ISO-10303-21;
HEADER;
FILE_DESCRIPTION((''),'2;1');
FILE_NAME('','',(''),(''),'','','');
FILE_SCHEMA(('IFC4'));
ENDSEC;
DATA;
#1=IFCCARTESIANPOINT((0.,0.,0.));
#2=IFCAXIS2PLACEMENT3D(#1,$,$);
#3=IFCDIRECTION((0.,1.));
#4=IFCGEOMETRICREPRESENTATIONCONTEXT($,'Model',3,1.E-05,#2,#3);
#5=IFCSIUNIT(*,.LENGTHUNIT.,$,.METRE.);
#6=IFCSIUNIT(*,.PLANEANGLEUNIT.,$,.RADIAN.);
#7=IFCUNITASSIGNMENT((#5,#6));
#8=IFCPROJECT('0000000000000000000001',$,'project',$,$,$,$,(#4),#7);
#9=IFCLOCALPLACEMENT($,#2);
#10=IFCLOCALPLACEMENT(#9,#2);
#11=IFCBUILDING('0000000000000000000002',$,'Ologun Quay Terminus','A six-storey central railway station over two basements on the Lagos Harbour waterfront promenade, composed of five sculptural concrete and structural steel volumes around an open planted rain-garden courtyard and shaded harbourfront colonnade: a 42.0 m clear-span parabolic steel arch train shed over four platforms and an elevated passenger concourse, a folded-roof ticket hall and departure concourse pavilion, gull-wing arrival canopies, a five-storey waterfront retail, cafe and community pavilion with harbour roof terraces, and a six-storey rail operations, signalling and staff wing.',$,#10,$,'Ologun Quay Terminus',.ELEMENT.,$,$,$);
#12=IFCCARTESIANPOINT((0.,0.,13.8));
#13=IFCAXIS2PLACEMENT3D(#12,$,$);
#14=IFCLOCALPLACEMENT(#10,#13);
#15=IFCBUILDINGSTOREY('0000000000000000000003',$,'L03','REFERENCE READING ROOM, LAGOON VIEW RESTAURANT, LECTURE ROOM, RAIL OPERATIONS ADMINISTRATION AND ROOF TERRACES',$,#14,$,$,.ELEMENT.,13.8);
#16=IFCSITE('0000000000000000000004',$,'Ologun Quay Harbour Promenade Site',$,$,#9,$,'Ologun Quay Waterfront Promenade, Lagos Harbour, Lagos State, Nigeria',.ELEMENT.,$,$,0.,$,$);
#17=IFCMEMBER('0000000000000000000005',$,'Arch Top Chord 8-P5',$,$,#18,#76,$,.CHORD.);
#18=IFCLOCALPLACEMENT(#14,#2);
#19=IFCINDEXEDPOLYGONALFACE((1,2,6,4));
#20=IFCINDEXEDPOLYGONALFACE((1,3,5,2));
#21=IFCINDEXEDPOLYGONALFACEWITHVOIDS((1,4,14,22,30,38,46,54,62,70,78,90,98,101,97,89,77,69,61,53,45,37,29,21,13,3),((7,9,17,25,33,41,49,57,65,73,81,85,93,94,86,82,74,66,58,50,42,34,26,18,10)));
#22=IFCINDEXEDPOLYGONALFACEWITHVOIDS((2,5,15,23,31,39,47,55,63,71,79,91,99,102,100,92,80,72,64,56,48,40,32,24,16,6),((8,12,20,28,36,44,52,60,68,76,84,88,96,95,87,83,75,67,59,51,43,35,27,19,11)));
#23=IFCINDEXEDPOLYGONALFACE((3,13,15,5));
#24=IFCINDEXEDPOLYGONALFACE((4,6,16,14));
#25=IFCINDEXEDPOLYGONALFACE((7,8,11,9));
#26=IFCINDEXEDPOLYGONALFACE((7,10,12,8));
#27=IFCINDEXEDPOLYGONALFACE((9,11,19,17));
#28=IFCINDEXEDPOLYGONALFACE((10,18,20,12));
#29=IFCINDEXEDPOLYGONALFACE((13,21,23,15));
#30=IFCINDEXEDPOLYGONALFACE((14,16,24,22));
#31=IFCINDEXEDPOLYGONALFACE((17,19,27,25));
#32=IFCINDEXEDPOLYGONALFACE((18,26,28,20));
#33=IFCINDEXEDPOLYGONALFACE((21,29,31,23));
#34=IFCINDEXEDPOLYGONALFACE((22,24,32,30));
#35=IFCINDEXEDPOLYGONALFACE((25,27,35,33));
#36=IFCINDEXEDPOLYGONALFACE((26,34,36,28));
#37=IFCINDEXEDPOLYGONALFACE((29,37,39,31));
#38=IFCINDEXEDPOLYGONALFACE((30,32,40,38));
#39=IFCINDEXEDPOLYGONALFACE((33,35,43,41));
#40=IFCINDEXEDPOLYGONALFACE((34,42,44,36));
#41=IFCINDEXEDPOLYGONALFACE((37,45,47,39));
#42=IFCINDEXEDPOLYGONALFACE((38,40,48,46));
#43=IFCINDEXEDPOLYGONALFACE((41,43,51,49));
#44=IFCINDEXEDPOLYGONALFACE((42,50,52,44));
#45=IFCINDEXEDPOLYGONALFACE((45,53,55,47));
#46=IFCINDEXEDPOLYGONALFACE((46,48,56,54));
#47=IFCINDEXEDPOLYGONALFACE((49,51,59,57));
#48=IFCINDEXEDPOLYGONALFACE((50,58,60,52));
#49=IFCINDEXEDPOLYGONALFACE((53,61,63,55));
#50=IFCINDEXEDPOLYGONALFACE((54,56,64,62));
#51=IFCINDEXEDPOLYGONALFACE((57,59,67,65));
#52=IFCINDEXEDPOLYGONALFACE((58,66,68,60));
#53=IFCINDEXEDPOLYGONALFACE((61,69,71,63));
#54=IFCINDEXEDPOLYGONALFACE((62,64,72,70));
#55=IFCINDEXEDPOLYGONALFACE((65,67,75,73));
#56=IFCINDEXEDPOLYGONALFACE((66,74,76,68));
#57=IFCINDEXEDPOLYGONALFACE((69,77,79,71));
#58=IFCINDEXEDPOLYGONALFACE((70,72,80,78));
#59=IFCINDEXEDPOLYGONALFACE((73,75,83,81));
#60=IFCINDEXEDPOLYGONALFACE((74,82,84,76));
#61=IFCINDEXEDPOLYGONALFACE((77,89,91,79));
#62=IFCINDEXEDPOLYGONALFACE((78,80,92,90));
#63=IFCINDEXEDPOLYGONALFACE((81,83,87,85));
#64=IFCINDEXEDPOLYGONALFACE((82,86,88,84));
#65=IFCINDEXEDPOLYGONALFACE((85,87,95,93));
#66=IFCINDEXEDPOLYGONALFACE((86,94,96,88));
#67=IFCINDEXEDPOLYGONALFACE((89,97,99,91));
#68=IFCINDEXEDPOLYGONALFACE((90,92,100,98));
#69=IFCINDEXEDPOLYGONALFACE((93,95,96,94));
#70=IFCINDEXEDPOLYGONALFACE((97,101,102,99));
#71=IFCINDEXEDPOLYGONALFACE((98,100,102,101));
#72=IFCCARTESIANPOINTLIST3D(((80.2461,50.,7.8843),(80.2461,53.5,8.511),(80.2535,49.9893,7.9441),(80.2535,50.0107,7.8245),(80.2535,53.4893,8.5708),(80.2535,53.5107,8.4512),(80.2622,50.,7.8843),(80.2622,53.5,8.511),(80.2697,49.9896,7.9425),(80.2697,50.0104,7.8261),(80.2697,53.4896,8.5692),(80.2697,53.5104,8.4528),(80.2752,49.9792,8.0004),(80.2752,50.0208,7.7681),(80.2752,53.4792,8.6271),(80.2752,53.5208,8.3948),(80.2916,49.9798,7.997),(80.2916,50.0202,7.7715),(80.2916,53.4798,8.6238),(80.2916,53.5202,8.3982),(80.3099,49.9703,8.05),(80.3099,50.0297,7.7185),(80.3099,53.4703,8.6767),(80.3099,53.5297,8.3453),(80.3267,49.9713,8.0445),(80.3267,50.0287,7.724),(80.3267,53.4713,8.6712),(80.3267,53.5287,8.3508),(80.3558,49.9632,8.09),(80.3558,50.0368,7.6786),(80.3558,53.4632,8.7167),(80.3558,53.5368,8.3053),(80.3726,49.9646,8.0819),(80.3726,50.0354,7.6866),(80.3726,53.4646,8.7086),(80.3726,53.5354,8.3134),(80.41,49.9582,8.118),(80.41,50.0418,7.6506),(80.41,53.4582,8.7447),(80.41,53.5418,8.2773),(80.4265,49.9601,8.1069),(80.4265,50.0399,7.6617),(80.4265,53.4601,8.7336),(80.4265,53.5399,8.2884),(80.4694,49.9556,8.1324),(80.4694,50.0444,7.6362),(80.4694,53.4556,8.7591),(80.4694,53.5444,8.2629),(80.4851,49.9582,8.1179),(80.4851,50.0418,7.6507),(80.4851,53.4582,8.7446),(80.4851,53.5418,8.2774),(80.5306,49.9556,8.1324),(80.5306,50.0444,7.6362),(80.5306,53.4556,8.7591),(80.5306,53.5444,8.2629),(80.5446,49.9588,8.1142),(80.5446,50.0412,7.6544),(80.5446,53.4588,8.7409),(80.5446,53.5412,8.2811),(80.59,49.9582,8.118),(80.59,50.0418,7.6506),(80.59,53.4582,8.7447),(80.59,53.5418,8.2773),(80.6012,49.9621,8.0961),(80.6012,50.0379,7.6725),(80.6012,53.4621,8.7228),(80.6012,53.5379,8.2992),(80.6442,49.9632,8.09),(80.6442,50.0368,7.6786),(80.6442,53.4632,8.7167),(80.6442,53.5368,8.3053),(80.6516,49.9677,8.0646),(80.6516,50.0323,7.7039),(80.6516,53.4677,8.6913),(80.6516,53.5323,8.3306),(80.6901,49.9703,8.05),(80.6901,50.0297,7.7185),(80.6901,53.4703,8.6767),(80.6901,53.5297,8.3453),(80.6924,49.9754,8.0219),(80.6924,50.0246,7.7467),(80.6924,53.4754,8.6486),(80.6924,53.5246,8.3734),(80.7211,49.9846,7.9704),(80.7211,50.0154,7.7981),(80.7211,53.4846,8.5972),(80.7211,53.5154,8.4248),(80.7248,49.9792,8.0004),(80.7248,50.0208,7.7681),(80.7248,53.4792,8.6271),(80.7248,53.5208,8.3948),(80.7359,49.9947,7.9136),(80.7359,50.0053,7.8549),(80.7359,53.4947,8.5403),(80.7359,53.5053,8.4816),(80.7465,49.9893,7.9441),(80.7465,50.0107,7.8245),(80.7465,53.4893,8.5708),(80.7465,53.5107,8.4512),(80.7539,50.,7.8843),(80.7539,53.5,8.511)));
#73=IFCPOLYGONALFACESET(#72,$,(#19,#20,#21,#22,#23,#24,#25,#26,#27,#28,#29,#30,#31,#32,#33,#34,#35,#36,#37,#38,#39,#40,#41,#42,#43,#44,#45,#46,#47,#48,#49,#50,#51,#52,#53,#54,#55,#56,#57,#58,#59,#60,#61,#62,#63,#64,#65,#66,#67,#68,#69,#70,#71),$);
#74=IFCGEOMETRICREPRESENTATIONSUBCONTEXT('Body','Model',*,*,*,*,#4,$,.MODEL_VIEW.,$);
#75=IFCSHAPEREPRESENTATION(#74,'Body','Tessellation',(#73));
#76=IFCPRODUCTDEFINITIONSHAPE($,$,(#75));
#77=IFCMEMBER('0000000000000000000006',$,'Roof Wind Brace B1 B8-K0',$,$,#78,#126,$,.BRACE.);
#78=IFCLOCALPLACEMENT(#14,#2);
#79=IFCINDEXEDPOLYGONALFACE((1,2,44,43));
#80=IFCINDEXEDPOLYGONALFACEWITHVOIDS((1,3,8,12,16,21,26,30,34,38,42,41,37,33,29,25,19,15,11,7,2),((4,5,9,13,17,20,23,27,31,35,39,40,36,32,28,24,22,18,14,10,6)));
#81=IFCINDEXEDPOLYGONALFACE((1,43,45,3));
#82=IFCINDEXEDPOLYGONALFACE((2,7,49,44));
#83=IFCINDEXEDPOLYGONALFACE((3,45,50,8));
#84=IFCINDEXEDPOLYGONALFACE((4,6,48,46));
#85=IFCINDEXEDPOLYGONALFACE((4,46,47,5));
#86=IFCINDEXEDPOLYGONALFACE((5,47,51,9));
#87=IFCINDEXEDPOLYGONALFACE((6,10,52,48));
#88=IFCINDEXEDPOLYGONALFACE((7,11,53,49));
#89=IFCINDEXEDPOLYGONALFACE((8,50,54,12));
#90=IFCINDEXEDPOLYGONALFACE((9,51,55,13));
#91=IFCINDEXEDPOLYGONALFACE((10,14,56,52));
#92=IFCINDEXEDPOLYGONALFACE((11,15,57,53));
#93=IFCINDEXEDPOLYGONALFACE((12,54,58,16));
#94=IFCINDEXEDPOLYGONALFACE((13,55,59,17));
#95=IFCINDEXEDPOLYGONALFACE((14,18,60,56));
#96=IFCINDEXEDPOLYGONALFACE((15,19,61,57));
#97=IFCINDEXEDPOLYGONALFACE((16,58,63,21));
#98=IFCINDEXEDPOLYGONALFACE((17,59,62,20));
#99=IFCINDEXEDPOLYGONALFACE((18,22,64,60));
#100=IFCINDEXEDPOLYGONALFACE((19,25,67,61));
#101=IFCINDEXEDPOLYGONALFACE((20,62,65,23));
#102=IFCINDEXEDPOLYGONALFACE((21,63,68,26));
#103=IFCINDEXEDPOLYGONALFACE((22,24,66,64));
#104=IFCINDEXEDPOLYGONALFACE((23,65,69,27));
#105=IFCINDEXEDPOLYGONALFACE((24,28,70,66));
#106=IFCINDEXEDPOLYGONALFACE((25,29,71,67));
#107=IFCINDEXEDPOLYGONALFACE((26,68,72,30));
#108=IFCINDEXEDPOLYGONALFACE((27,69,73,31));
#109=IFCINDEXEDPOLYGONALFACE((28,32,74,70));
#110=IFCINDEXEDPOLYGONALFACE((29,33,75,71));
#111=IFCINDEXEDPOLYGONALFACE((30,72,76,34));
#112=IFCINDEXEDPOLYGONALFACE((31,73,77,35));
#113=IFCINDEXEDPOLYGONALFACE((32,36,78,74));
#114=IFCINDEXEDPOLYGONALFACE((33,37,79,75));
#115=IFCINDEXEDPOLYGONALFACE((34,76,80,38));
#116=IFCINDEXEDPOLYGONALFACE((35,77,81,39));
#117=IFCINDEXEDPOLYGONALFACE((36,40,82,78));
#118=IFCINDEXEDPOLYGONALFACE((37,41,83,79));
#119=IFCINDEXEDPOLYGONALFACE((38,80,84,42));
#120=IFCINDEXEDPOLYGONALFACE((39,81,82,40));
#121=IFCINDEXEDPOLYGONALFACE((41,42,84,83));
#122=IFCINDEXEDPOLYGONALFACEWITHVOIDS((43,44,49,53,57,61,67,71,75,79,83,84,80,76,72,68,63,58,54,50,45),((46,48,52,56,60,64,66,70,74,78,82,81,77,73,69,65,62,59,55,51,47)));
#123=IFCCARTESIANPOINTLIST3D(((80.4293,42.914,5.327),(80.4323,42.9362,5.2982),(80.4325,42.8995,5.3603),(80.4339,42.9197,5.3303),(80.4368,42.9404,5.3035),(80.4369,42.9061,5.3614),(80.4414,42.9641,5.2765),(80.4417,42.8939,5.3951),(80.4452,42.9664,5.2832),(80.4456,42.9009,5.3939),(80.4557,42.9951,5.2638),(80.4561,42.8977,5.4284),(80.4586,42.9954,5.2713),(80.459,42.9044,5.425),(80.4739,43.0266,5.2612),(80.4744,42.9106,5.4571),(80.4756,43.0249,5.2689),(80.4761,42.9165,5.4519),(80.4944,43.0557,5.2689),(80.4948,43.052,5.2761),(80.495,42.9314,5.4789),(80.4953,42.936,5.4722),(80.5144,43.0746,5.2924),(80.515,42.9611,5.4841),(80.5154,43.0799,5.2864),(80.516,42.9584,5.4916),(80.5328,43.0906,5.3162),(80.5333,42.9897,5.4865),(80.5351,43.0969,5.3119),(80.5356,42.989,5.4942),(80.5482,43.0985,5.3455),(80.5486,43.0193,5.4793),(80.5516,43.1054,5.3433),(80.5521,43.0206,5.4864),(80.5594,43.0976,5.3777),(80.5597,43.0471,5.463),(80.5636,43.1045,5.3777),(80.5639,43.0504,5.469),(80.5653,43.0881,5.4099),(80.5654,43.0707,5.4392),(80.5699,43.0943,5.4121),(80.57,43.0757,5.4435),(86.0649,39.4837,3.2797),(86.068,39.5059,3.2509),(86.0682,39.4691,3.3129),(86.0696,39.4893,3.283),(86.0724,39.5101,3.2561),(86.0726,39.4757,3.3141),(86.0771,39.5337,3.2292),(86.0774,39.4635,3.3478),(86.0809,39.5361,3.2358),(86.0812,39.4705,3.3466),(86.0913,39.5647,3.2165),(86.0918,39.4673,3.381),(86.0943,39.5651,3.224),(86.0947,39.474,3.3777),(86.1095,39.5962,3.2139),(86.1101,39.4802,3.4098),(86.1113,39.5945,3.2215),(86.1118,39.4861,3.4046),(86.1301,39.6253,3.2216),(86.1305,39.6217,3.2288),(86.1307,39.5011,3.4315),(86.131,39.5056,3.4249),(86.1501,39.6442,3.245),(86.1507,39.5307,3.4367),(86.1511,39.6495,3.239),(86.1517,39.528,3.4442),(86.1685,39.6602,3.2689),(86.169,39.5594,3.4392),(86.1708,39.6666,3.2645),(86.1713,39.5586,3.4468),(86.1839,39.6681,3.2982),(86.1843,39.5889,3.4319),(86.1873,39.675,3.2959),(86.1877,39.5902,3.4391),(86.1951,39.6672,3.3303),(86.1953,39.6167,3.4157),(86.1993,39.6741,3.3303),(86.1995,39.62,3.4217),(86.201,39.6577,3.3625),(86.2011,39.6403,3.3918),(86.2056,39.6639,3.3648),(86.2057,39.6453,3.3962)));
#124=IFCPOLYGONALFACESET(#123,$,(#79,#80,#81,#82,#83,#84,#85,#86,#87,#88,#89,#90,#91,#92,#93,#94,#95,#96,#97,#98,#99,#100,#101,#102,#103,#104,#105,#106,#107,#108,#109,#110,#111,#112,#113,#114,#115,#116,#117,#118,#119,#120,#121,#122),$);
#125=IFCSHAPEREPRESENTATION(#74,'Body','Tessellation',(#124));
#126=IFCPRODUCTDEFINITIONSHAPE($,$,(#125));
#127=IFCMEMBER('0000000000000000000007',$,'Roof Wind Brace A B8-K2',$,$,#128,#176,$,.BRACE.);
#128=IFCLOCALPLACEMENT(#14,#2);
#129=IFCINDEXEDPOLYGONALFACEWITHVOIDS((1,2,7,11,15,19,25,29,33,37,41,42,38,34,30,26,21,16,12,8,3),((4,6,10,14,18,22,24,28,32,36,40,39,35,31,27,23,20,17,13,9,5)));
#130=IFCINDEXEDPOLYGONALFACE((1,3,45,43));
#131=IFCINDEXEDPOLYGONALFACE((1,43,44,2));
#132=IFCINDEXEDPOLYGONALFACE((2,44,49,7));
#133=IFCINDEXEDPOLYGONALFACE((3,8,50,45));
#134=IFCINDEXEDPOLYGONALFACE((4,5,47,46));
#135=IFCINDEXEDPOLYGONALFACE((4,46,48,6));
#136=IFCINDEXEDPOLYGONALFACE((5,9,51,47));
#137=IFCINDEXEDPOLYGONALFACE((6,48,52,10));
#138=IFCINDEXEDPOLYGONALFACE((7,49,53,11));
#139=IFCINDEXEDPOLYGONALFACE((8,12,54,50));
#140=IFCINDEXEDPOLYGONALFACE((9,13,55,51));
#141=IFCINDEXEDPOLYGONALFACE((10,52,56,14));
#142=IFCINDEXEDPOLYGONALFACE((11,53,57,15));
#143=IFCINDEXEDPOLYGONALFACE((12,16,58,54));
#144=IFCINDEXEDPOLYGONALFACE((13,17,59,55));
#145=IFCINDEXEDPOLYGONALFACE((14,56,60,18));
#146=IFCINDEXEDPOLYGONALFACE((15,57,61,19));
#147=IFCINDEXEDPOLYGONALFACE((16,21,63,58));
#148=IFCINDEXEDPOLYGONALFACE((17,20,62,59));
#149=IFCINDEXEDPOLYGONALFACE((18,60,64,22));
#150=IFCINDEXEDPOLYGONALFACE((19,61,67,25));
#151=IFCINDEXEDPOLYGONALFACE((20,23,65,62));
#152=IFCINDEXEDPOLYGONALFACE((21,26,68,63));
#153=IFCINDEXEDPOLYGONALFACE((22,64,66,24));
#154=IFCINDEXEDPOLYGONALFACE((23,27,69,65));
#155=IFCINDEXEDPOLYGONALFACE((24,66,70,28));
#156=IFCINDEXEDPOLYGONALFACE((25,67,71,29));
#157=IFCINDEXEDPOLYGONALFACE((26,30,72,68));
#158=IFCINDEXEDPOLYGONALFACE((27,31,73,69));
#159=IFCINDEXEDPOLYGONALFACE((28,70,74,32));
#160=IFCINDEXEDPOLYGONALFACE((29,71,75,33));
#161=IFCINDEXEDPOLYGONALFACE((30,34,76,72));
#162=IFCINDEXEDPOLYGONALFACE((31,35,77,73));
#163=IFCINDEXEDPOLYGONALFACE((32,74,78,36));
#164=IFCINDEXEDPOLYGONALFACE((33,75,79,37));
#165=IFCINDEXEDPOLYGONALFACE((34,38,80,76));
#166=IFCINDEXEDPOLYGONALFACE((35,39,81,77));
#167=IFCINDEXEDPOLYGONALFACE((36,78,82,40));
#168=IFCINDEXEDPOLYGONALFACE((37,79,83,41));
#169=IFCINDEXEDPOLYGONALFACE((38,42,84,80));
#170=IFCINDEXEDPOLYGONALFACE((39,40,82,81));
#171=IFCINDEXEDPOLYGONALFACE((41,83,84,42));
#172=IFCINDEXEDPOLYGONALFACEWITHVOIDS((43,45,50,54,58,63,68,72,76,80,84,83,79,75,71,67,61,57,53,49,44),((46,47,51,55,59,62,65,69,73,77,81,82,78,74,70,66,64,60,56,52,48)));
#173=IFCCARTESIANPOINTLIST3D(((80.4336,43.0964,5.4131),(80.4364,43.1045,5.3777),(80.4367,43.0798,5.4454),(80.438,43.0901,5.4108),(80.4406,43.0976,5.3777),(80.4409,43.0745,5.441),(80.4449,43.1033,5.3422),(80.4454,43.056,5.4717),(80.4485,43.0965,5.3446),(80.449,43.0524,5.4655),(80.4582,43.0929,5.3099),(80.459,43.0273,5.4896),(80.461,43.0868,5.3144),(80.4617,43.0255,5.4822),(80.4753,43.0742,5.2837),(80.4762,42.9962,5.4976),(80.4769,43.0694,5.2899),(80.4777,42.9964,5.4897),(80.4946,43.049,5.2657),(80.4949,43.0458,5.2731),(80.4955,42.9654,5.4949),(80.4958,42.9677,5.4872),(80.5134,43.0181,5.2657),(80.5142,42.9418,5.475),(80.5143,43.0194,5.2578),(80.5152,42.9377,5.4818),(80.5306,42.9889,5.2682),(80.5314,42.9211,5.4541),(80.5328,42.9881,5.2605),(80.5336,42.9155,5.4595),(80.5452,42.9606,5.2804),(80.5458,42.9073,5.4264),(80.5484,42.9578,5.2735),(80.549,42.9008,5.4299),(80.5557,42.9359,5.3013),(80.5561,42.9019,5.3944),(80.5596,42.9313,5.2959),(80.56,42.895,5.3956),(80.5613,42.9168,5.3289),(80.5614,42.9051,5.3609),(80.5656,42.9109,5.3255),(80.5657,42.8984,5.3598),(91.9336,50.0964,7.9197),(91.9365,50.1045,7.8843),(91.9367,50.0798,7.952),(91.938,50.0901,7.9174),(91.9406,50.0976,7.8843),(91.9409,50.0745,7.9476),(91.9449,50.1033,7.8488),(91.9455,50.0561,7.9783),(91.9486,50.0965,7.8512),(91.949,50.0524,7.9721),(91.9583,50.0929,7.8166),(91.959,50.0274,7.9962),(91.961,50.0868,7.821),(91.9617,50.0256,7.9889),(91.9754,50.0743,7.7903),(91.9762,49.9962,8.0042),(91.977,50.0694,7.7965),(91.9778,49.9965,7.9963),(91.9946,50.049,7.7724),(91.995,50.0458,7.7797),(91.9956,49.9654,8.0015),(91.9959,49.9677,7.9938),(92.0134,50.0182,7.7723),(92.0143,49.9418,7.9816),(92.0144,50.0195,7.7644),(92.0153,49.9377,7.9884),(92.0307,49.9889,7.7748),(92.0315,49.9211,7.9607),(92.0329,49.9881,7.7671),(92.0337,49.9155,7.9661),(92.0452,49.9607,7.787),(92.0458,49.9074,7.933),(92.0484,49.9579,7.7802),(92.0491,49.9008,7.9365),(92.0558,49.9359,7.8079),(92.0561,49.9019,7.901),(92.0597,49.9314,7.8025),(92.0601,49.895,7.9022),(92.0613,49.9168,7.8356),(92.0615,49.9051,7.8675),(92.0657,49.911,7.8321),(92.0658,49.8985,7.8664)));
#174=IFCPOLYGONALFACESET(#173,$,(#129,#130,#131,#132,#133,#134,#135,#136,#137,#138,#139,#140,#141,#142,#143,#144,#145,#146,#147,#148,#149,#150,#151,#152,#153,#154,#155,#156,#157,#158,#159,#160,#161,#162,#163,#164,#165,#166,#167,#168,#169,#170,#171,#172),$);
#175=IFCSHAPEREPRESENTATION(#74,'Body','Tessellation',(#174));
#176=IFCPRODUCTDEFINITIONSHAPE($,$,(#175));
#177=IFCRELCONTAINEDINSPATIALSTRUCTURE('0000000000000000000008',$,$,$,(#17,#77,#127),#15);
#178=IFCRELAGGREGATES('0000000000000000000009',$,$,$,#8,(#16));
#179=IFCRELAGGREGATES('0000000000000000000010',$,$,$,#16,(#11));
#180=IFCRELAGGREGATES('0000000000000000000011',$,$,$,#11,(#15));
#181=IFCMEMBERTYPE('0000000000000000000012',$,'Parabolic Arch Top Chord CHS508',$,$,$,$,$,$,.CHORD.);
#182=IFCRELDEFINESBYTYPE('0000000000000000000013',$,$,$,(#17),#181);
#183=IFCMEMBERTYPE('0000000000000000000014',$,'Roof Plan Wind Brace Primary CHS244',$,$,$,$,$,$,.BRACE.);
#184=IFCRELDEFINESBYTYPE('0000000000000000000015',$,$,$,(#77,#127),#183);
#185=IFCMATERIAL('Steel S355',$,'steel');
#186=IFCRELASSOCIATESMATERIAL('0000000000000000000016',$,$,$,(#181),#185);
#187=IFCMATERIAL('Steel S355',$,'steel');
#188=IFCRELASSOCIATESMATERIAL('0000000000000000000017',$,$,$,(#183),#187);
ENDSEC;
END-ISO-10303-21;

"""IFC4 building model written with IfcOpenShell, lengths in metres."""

from ifc_helpers import new_model, si_unit, direction, frame, origin, origin_2d, place, context, subcontext, project, spatial, hollow_circle, extrude, material, material_profile, profile_set, type_object, element, save


model = new_model("IFC4")

# Units and contexts
model_context = context("Model", 3, precision=1e-05, world=origin(), true_north=direction((0.0, 1.0)))
body_context = subcontext(model_context, "Body", "Model", "MODEL_VIEW")
ifc_project = project(units=[si_unit("LENGTHUNIT", "METRE"), si_unit("PLANEANGLEUNIT", "RADIAN")], contexts=[model_context])

# Site, building, storey
site_placement = place(None, origin())
site = spatial("IfcSite", under=ifc_project, at=site_placement, Name="Ologun Quay Harbour Promenade Site", LongName="Ologun Quay Waterfront Promenade, Lagos Harbour, Lagos State, Nigeria", CompositionType="ELEMENT", RefElevation=0.0)
building_placement = place(site_placement, origin())
building = spatial("IfcBuilding", under=site, at=building_placement, Name="Ologun Quay Terminus", Description="A six-storey central railway station over two basements on the Lagos Harbour waterfront promenade, composed of five sculptural concrete and structural steel volumes around an open planted rain-garden courtyard and shaded harbourfront colonnade: a 42.0 m clear-span parabolic steel arch train shed over four platforms and an elevated passenger concourse, a folded-roof ticket hall and departure concourse pavilion, gull-wing arrival canopies, a five-storey waterfront retail, cafe and community pavilion with harbour roof terraces, and a six-storey rail operations, signalling and staff wing.", LongName="Ologun Quay Terminus", CompositionType="ELEMENT")
storey_placement = place(building_placement, frame((0.0, 0.0, 13.8)))
storey = spatial("IfcBuildingStorey", under=building, at=storey_placement, Name="L03", Description="REFERENCE READING ROOM, LAGOON VIEW RESTAURANT, LECTURE ROOM, RAIL OPERATIONS ADMINISTRATION AND ROOF TERRACES", CompositionType="ELEMENT", Elevation=13.8)

# Members
ifc_material_1 = material(Name="Steel S355", Category="steel")
ifc_material_profile_1 = material_profile(ifc_material_1, hollow_circle(Radius=0.2539, WallThickness=0.0161, at=origin_2d()), Name="CHS 508x16")
ifc_profile_set_1 = profile_set([ifc_material_profile_1], Name="Steel S355")
member_type_1 = type_object("IfcMemberType", Name="Parabolic Arch Top Chord CHS508", PredefinedType="CHORD", material=ifc_profile_set_1)
member_1_placement = place(storey_placement, frame((80.5, 50.0, 7.8843), z_axis=(0.0, 0.984344, 0.176256), x_axis=(-1.0, 0.0, 0.0)))
element("IfcMember", 1, at=member_1_placement, inside=storey, type_object=member_type_1, Name="Arch Top Chord 8-P5", PredefinedType="CHORD", context=body_context, shape_type="SweptSolid", body=[
    extrude(hollow_circle(Radius=0.2539, WallThickness=0.0161, at=origin_2d()), origin(), (0.0, 0.0, 1.0), 3.5557),
])
ifc_material_2 = material(Name="Steel S355", Category="steel")
ifc_material_profile_2 = material_profile(ifc_material_2, hollow_circle(Radius=0.1223, WallThickness=0.0081, at=origin_2d()), Name="CHS 244.5x8")
ifc_profile_set_2 = profile_set([ifc_material_profile_2], Name="Steel S355")
member_type_2 = type_object("IfcMemberType", Name="Roof Plan Wind Brace Primary CHS244", PredefinedType="BRACE", material=ifc_profile_set_2)
member_2_placement = place(storey_placement, frame((80.5, 43.0, 5.3777), z_axis=(0.815823, -0.496583, -0.296374), x_axis=(0.519943, 0.854201, 0.0)))
element("IfcMember", 2, at=member_2_placement, inside=storey, type_object=member_type_2, Name="Roof Wind Brace B1 B8-K0", PredefinedType="BRACE", context=body_context, shape_type="SweptSolid", body=[
    extrude(hollow_circle(Radius=0.1223, WallThickness=0.0081, at=origin_2d()), origin(), (0.0, 0.0, 1.0), 6.908),
])
member_3_placement = place(storey_placement, frame((80.5, 43.0, 5.3777), z_axis=(0.839767, 0.511163, 0.183039), x_axis=(-0.519947, 0.854199, 0.0)))
element("IfcMember", 3, at=member_3_placement, inside=storey, type_object=member_type_2, Name="Roof Wind Brace A B8-K2", PredefinedType="BRACE", context=body_context, shape_type="SweptSolid", body=[
    extrude(hollow_circle(Radius=0.1223, WallThickness=0.0081, at=origin_2d()), origin(), (0.0, 0.0, 1.0), 13.6943),
])

save(model, "model.ifc")
